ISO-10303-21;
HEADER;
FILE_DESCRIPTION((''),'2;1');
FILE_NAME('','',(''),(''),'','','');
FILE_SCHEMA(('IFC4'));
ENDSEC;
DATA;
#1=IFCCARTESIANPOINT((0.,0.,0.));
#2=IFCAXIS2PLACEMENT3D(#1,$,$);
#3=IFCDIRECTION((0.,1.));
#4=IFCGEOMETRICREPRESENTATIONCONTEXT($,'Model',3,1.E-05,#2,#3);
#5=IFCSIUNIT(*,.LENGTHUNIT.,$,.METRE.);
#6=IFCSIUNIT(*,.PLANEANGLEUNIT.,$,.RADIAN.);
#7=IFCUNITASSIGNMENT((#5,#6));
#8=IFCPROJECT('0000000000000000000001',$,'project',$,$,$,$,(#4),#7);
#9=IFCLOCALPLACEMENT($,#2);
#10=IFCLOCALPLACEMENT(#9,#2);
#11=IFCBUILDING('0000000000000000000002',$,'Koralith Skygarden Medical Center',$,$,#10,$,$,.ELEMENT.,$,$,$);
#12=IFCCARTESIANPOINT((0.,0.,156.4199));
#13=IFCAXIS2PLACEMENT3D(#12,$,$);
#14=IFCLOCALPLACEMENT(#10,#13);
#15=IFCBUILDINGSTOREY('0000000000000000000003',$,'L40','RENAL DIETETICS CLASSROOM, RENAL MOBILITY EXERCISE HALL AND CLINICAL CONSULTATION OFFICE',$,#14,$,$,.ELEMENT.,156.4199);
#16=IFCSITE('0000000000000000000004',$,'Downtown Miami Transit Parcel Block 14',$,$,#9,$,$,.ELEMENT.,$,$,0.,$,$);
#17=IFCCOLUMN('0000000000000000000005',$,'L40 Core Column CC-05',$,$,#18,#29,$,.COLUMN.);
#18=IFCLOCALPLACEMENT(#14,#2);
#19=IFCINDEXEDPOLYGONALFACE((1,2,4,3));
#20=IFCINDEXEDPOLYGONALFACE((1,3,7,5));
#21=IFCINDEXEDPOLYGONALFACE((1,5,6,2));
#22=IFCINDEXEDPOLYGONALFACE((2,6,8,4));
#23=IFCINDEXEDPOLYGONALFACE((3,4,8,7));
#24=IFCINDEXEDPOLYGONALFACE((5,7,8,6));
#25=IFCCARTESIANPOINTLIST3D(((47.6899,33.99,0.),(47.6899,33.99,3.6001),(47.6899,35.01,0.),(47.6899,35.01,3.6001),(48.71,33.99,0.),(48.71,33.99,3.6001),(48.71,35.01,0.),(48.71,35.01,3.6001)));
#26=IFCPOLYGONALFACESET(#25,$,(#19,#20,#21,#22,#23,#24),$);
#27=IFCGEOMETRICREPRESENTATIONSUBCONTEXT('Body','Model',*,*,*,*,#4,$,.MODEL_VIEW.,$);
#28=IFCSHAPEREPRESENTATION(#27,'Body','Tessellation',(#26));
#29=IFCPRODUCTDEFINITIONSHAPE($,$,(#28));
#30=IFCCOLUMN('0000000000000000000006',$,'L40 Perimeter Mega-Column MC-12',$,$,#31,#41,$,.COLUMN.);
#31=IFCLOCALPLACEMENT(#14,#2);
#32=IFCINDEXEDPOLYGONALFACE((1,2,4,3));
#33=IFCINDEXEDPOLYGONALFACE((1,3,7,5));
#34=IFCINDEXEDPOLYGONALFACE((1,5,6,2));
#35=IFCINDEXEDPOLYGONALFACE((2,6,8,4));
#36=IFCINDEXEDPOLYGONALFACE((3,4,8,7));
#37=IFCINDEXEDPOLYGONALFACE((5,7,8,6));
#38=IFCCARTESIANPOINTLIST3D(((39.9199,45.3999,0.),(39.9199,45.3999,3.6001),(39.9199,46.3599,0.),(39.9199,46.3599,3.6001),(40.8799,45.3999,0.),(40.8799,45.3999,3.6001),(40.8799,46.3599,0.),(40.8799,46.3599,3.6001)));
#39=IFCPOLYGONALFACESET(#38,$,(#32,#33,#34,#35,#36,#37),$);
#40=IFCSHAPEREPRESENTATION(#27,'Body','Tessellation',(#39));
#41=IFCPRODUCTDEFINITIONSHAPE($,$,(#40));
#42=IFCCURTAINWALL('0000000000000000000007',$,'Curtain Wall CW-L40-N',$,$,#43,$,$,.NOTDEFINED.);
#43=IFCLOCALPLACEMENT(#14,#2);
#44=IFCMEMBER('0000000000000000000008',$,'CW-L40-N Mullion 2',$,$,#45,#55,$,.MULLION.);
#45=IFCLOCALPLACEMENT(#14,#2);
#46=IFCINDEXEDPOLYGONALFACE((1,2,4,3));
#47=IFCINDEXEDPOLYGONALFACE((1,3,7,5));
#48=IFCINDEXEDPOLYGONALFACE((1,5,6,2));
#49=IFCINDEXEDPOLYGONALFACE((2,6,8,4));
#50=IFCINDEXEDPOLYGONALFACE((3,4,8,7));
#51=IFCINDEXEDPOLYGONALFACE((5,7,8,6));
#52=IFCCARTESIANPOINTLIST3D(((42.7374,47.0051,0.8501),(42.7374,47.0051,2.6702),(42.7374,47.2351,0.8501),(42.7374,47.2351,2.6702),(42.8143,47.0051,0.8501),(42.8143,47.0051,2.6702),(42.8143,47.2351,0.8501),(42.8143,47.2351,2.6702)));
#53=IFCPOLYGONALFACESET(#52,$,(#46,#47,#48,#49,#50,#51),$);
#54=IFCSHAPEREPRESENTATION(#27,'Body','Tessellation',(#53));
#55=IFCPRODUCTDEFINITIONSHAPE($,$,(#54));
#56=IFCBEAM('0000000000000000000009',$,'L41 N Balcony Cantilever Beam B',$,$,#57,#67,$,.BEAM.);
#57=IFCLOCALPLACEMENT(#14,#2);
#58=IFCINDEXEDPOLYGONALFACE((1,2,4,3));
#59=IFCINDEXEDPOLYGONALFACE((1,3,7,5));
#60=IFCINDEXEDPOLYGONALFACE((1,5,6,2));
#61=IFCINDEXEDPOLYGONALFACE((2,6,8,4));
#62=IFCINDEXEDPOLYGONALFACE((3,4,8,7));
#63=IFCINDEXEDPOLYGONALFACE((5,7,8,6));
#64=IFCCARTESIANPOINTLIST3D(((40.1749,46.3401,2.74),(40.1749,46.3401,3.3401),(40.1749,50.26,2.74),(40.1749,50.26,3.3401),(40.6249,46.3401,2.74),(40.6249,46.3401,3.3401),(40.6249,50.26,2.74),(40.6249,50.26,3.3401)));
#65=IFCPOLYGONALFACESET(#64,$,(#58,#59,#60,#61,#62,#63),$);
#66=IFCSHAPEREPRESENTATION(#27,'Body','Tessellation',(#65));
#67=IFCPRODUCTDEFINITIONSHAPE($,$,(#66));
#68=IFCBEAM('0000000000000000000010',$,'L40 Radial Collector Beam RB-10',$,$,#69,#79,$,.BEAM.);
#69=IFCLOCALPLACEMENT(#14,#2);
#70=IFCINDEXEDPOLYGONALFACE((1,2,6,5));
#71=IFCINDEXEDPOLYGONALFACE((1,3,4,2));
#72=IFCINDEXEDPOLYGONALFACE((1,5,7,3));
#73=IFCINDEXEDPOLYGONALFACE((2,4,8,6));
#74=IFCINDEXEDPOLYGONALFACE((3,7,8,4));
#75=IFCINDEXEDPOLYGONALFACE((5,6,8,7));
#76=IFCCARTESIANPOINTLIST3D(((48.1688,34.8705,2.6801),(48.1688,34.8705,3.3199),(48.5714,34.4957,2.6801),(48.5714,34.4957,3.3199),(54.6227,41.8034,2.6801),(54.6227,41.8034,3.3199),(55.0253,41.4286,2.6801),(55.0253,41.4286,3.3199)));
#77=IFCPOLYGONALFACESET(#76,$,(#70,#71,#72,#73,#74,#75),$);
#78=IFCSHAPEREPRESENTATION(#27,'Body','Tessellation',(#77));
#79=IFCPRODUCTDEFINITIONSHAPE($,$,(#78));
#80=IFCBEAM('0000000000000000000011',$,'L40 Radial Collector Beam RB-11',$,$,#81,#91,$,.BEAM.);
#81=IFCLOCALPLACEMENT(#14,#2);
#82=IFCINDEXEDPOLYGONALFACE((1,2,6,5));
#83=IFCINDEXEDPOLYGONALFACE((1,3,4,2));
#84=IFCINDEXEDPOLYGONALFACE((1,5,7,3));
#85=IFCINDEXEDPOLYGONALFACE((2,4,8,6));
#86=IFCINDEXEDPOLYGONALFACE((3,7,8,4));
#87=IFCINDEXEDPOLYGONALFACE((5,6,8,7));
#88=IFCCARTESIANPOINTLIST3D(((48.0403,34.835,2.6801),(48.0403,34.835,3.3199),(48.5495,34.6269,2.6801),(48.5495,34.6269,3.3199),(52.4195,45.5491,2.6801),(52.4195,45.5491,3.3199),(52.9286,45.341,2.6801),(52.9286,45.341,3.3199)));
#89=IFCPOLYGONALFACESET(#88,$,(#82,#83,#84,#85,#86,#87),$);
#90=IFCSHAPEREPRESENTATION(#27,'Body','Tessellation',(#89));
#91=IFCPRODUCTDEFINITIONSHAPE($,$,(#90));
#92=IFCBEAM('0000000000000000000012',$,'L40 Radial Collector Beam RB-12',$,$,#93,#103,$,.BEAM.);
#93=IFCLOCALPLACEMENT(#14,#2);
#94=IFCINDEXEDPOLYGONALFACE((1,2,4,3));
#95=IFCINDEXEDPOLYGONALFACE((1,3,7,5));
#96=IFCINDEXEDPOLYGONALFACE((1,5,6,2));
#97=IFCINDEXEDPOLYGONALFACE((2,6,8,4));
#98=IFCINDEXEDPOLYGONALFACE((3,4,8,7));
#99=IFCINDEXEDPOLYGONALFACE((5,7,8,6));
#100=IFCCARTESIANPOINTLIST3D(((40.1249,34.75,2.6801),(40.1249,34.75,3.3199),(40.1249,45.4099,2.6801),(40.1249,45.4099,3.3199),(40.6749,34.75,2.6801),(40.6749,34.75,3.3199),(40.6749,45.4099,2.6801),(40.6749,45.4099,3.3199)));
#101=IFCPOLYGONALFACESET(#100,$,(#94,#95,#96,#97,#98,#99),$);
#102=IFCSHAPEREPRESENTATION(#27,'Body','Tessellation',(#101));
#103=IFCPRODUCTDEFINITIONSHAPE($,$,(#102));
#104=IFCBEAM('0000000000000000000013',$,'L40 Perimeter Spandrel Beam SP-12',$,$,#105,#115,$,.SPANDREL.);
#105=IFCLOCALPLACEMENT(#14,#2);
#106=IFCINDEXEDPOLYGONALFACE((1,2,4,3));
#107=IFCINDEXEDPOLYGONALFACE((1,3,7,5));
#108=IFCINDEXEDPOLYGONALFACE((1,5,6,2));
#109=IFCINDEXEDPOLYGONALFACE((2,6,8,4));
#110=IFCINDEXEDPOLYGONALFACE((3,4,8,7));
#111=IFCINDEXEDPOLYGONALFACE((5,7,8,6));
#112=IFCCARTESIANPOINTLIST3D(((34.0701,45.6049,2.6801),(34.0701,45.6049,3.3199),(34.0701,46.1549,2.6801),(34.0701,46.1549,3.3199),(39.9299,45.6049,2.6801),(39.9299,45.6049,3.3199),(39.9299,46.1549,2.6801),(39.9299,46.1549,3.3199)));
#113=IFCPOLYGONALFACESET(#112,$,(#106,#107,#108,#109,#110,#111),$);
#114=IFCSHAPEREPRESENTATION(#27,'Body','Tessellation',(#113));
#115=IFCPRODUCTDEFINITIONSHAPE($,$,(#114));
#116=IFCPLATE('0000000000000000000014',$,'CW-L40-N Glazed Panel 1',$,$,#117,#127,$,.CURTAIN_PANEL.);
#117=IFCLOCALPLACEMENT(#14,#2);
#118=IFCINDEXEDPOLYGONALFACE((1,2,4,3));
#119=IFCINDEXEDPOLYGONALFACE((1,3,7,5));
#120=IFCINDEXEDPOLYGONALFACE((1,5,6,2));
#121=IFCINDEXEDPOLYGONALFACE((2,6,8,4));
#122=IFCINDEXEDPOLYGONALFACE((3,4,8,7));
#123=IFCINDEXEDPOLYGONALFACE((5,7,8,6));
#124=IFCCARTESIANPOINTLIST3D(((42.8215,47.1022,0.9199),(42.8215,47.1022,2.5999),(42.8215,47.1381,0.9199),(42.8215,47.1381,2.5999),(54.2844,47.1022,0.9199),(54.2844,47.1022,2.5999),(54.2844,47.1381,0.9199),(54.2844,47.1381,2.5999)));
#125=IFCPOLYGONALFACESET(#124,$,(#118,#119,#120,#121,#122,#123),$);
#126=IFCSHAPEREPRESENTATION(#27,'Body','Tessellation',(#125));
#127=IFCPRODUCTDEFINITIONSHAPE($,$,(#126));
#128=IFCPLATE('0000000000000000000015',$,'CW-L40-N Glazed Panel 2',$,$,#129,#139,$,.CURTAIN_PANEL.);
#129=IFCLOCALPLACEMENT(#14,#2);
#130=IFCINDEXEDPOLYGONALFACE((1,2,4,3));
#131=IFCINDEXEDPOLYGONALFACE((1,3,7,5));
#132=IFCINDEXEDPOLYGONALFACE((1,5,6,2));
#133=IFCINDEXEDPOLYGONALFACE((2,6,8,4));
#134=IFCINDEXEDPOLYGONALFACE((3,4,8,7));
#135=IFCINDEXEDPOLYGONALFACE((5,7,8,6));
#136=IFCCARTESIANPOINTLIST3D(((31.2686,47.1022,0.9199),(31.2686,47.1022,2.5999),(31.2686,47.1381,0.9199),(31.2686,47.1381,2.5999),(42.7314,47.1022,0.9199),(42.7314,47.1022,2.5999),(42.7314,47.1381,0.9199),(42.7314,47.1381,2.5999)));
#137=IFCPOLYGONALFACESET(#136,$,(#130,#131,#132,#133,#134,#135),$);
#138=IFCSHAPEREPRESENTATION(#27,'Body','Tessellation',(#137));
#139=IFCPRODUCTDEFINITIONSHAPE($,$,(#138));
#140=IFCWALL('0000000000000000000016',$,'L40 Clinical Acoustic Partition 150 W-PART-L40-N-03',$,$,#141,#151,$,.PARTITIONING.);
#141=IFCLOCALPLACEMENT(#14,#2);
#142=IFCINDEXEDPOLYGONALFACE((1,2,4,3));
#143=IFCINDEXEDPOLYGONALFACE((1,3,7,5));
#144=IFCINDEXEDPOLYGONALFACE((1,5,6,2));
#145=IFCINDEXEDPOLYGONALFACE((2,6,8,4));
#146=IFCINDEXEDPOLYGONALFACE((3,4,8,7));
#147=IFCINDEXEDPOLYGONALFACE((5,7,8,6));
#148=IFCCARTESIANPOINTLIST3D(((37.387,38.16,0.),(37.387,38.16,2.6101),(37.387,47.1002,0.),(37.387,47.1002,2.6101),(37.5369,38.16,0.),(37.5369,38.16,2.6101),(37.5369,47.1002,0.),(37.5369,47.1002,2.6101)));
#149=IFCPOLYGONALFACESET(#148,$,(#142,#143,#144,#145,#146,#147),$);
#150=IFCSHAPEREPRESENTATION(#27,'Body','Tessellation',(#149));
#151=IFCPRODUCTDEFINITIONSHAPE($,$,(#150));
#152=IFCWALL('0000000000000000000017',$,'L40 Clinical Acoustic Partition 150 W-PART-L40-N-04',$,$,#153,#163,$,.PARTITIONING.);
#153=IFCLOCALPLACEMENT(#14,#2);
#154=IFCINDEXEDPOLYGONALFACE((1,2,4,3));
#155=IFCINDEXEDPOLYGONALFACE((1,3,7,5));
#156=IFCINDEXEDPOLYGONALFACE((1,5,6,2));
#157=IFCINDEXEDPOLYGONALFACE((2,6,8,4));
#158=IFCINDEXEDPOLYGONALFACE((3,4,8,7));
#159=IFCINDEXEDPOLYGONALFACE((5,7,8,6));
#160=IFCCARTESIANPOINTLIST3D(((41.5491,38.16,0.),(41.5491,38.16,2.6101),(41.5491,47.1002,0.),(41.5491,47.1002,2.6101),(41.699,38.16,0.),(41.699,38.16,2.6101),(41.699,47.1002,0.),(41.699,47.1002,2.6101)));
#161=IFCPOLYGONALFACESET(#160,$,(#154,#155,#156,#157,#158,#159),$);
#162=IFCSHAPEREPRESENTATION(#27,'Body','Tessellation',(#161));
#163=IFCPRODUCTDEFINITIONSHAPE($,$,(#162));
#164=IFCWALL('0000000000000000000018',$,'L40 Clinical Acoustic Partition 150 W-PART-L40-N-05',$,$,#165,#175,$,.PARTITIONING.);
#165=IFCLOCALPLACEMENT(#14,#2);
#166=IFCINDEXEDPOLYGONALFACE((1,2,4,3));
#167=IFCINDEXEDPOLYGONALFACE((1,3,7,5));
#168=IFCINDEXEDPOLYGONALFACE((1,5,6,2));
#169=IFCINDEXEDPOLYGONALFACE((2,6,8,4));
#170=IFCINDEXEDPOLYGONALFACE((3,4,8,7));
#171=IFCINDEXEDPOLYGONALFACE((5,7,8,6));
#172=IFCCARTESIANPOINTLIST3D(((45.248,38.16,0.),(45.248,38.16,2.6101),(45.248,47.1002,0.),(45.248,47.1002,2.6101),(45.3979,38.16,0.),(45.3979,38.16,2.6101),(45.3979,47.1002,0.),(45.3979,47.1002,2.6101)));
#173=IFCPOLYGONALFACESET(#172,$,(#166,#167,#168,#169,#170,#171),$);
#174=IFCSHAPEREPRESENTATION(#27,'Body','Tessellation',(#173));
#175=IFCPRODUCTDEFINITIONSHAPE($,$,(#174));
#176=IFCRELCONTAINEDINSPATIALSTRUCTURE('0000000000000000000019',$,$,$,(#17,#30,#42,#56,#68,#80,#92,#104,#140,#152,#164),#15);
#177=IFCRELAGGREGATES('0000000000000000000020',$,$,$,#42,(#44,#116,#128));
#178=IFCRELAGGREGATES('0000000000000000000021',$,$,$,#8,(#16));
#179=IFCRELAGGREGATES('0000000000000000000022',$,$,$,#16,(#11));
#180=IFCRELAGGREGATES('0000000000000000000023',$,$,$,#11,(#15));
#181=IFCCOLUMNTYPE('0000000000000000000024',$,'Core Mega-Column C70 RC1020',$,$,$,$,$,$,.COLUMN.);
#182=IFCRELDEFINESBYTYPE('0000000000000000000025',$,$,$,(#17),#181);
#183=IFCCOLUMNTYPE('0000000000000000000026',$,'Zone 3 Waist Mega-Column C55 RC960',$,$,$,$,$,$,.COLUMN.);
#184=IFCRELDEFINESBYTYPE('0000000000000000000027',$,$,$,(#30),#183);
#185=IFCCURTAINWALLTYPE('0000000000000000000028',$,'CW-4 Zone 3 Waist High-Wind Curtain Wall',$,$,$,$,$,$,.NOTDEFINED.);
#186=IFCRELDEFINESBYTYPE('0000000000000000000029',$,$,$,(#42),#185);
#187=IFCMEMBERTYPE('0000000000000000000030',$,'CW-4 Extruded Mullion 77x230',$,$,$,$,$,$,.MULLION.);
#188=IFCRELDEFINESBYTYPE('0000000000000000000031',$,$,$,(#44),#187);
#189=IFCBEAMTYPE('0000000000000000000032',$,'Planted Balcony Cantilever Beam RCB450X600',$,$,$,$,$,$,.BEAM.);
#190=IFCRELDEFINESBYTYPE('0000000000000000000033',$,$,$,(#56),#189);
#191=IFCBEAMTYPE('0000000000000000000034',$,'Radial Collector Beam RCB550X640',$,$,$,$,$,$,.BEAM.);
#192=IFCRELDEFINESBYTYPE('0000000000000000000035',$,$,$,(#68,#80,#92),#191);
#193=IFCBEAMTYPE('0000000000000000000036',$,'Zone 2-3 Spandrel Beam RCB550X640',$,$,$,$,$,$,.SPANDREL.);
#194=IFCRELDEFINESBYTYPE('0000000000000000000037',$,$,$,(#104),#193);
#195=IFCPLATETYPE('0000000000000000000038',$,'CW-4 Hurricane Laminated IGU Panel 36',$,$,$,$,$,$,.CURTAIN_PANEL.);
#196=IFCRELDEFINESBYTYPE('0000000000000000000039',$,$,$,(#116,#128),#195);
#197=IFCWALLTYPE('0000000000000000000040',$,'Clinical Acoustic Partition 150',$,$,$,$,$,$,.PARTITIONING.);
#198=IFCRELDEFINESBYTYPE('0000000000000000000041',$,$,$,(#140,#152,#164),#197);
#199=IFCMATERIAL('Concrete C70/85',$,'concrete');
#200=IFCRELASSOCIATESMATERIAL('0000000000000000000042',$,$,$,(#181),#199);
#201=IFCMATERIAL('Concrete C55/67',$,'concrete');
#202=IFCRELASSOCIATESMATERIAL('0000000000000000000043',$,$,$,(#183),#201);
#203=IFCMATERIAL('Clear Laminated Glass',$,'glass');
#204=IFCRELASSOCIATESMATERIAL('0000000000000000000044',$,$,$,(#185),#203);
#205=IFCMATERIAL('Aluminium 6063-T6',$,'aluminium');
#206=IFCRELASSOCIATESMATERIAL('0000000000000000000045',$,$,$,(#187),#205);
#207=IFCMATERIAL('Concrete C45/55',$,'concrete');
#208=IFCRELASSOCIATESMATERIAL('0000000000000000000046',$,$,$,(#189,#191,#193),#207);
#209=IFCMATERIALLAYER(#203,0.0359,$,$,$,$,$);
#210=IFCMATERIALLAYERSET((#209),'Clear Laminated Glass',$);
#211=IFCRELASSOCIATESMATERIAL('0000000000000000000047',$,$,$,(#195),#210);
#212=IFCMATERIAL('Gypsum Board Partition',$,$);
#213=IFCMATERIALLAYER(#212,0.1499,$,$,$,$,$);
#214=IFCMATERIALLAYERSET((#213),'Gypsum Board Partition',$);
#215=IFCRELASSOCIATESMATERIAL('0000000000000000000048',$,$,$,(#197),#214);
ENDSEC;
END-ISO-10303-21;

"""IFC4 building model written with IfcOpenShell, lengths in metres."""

from ifc_helpers import new_model, si_unit, direction, frame, frame_2d, origin, origin_2d, place, context, subcontext, project, spatial, rectangle, extrude, material, layer, layer_set, material_profile, profile_set, type_object, element, aggregate, save


model = new_model("IFC4")

# Units and contexts
model_context = context("Model", 3, precision=1e-05, world=origin(), true_north=direction((0.0, 1.0)))
body_context = subcontext(model_context, "Body", "Model", "MODEL_VIEW")
ifc_project = project(units=[si_unit("LENGTHUNIT", "METRE"), si_unit("PLANEANGLEUNIT", "RADIAN")], contexts=[model_context])

# Site, building, storey
site_placement = place(None, origin())
site = spatial("IfcSite", under=ifc_project, at=site_placement, Name="Downtown Miami Transit Parcel Block 14", CompositionType="ELEMENT", RefElevation=0.0)
building_placement = place(site_placement, origin())
building = spatial("IfcBuilding", under=site, at=building_placement, Name="Koralith Skygarden Medical Center", CompositionType="ELEMENT")
storey_placement = place(building_placement, frame((0.0, 0.0, 156.4199)))
storey = spatial("IfcBuildingStorey", under=building, at=storey_placement, Name="L40", Description="RENAL DIETETICS CLASSROOM, RENAL MOBILITY EXERCISE HALL AND CLINICAL CONSULTATION OFFICE", CompositionType="ELEMENT", Elevation=156.4199)

# Columns
ifc_material_1 = material(Name="Concrete C70/85", Category="concrete")
ifc_material_profile_1 = material_profile(ifc_material_1, rectangle(XDim=1.02, YDim=1.02, at=origin_2d()), Name="RC1020X1020")
ifc_profile_set_1 = profile_set([ifc_material_profile_1], Name="Concrete C70/85")
column_type_1 = type_object("IfcColumnType", Name="Core Mega-Column C70 RC1020", PredefinedType="COLUMN", material=ifc_profile_set_1)
column_1_placement = place(storey_placement, frame((48.2, 34.5, 0.0), z_axis=(0.0, 0.0, 1.0), x_axis=(1.0, 0.0, 0.0)))
element("IfcColumn", 1, at=column_1_placement, inside=storey, type_object=column_type_1, Name="L40 Core Column CC-05", PredefinedType="COLUMN", context=body_context, shape_type="SweptSolid", body=[
    extrude(rectangle(XDim=1.02, YDim=1.02, at=origin_2d()), origin(), (0.0, 0.0, 1.0), 3.6001),
])
ifc_material_2 = material(Name="Concrete C55/67", Category="concrete")
ifc_material_profile_2 = material_profile(ifc_material_2, rectangle(XDim=0.96, YDim=0.96, at=origin_2d()), Name="RC960X960")
ifc_profile_set_2 = profile_set([ifc_material_profile_2], Name="Concrete C55/67")
column_type_2 = type_object("IfcColumnType", Name="Zone 3 Waist Mega-Column C55 RC960", PredefinedType="COLUMN", material=ifc_profile_set_2)
column_2_placement = place(storey_placement, frame((40.3999, 45.8799, 0.0), z_axis=(0.0, 0.0, 1.0), x_axis=(1.0, 0.0, 0.0)))
element("IfcColumn", 2, at=column_2_placement, inside=storey, type_object=column_type_2, Name="L40 Perimeter Mega-Column MC-12", PredefinedType="COLUMN", context=body_context, shape_type="SweptSolid", body=[
    extrude(rectangle(XDim=0.96, YDim=0.96, at=origin_2d()), origin(), (0.0, 0.0, 1.0), 3.6001),
])

# Curtain wall, member
ifc_material_3 = material(Name="Clear Laminated Glass", Category="glass")
curtain_wall_type = type_object("IfcCurtainWallType", Name="CW-4 Zone 3 Waist High-Wind Curtain Wall", PredefinedType="NOTDEFINED", material=ifc_material_3)
curtain_wall_placement = place(storey_placement, origin())
curtain_wall = element("IfcCurtainWall", 3, at=curtain_wall_placement, inside=storey, type_object=curtain_wall_type, Name="Curtain Wall CW-L40-N", PredefinedType="NOTDEFINED")
ifc_material_4 = material(Name="Aluminium 6063-T6", Category="aluminium")
ifc_material_profile_3 = material_profile(ifc_material_4, rectangle(XDim=0.0769, YDim=0.23, at=origin_2d()), Name="MUL77X230")
ifc_profile_set_3 = profile_set([ifc_material_profile_3], Name="Aluminium 6063-T6")
member_type = type_object("IfcMemberType", Name="CW-4 Extruded Mullion 77x230", PredefinedType="MULLION", material=ifc_profile_set_3)
member_placement = place(storey_placement, frame((42.7759, 47.1201, 0.8501), z_axis=(0.0, 0.0, 1.0), x_axis=(1.0, 0.0, 0.0)))
member = element("IfcMember", 4, at=member_placement, type_object=member_type, Name="CW-L40-N Mullion 2", PredefinedType="MULLION", context=body_context, shape_type="SweptSolid", body=[
    extrude(rectangle(XDim=0.0769, YDim=0.23, at=origin_2d()), origin(), (0.0, 0.0, 1.0), 1.8201),
])

# Beams
ifc_material_5 = material(Name="Concrete C45/55", Category="concrete")
ifc_material_profile_4 = material_profile(ifc_material_5, rectangle(XDim=0.45, YDim=0.6001, at=origin_2d()), Name="RCB450X600")
ifc_profile_set_4 = profile_set([ifc_material_profile_4], Name="Concrete C45/55")
beam_type_1 = type_object("IfcBeamType", Name="Planted Balcony Cantilever Beam RCB450X600", PredefinedType="BEAM", material=ifc_profile_set_4)
beam_1_placement = place(storey_placement, frame((40.3999, 46.3401, 3.04), z_axis=(0.0, 1.0, 0.0), x_axis=(-1.0, 0.0, 0.0)))
element("IfcBeam", 5, at=beam_1_placement, inside=storey, type_object=beam_type_1, Name="L41 N Balcony Cantilever Beam B", PredefinedType="BEAM", context=body_context, shape_type="SweptSolid", body=[
    extrude(rectangle(XDim=0.45, YDim=0.6001, at=origin_2d()), origin(), (0.0, 0.0, 1.0), 3.9199),
])
ifc_material_profile_5 = material_profile(ifc_material_5, rectangle(XDim=0.55, YDim=0.6399, at=origin_2d()), Name="RCB550X640")
ifc_profile_set_5 = profile_set([ifc_material_profile_5], Name="Concrete C45/55")
beam_type_2 = type_object("IfcBeamType", Name="Radial Collector Beam RCB550X640", PredefinedType="BEAM", material=ifc_profile_set_5)
beam_2_placement = place(storey_placement, frame((48.3701, 34.6831, 3.0), z_axis=(0.681369, 0.73194, 0.0), x_axis=(-0.73194, 0.681369, 0.0)))
element("IfcBeam", 6, at=beam_2_placement, inside=storey, type_object=beam_type_2, Name="L40 Radial Collector Beam RB-10", PredefinedType="BEAM", context=body_context, shape_type="SweptSolid", body=[
    extrude(rectangle(XDim=0.55, YDim=0.6399, at=origin_2d()), origin(), (0.0, 0.0, 1.0), 9.4719),
])
beam_3_placement = place(storey_placement, frame((48.2949, 34.731, 3.0), z_axis=(0.378345, 0.925665, 0.0), x_axis=(-0.925665, 0.378345, 0.0)))
element("IfcBeam", 7, at=beam_3_placement, inside=storey, type_object=beam_type_2, Name="L40 Radial Collector Beam RB-11", PredefinedType="BEAM", context=body_context, shape_type="SweptSolid", body=[
    extrude(rectangle(XDim=0.55, YDim=0.6399, at=origin_2d()), origin(), (0.0, 0.0, 1.0), 11.5745),
])
beam_4_placement = place(storey_placement, frame((40.3999, 34.75, 3.0), z_axis=(0.0, 1.0, 0.0), x_axis=(-1.0, 0.0, 0.0)))
element("IfcBeam", 8, at=beam_4_placement, inside=storey, type_object=beam_type_2, Name="L40 Radial Collector Beam RB-12", PredefinedType="BEAM", context=body_context, shape_type="SweptSolid", body=[
    extrude(rectangle(XDim=0.55, YDim=0.6399, at=origin_2d()), origin(), (0.0, 0.0, 1.0), 10.6599),
])
ifc_material_profile_6 = material_profile(ifc_material_5, rectangle(XDim=0.55, YDim=0.6399, at=origin_2d()), Name="RCB550X640")
ifc_profile_set_6 = profile_set([ifc_material_profile_6], Name="Concrete C45/55")
beam_type_3 = type_object("IfcBeamType", Name="Zone 2-3 Spandrel Beam RCB550X640", PredefinedType="SPANDREL", material=ifc_profile_set_6)
beam_5_placement = place(storey_placement, frame((39.9299, 45.8799, 3.0), z_axis=(-1.0, 0.0, 0.0), x_axis=(0.0, -1.0, 0.0)))
element("IfcBeam", 9, at=beam_5_placement, inside=storey, type_object=beam_type_3, Name="L40 Perimeter Spandrel Beam SP-12", PredefinedType="SPANDREL", context=body_context, shape_type="SweptSolid", body=[
    extrude(rectangle(XDim=0.55, YDim=0.6399, at=origin_2d()), origin(), (0.0, 0.0, 1.0), 5.8599),
])

# Plates
ifc_layer_1 = layer(ifc_material_3, 0.0359)
ifc_layer_set_1 = layer_set([ifc_layer_1], Name="Clear Laminated Glass")
plate_type = type_object("IfcPlateType", Name="CW-4 Hurricane Laminated IGU Panel 36", PredefinedType="CURTAIN_PANEL", material=ifc_layer_set_1)
plate_1_placement = place(storey_placement, frame((48.553, 47.1201, 0.9199), z_axis=(0.0, 0.0, 1.0), x_axis=(-1.0, 0.0, 0.0)))
plate_1 = element("IfcPlate", 10, at=plate_1_placement, type_object=plate_type, Name="CW-L40-N Glazed Panel 1", PredefinedType="CURTAIN_PANEL", context=body_context, shape_type="SweptSolid", body=[
    extrude(rectangle(XDim=11.4629, YDim=0.0359, at=origin_2d()), origin(), (0.0, 0.0, 1.0), 1.6799),
])
plate_2_placement = place(storey_placement, frame((37.0, 47.1201, 0.9199), z_axis=(0.0, 0.0, 1.0), x_axis=(-1.0, 0.0, 0.0)))
plate_2 = element("IfcPlate", 11, at=plate_2_placement, type_object=plate_type, Name="CW-L40-N Glazed Panel 2", PredefinedType="CURTAIN_PANEL", context=body_context, shape_type="SweptSolid", body=[
    extrude(rectangle(XDim=11.4629, YDim=0.0359, at=origin_2d()), origin(), (0.0, 0.0, 1.0), 1.6799),
])
aggregate(curtain_wall, [member, plate_1, plate_2])

# Walls
ifc_material_6 = material(Name="Gypsum Board Partition")
ifc_layer_2 = layer(ifc_material_6, 0.1499)
ifc_layer_set_2 = layer_set([ifc_layer_2], Name="Gypsum Board Partition")
wall_type_1 = type_object("IfcWallType", Name="Clinical Acoustic Partition 150", PredefinedType="PARTITIONING", material=ifc_layer_set_2)
for number, where, z_axis, x_axis, name in (
    (12, (37.4619, 38.1599, 0.0), (0.0, 0.0, 1.0), (0.0, 1.0, 0.0), "L40 Clinical Acoustic Partition 150 W-PART-L40-N-03"),
    (13, (41.624, 38.1599, 0.0), (0.0, 0.0, 1.0), (0.0, 1.0, 0.0), "L40 Clinical Acoustic Partition 150 W-PART-L40-N-04"),
    (14, (45.323, 38.1599, 0.0), (0.0, 0.0, 1.0), (0.0, 1.0, 0.0), "L40 Clinical Acoustic Partition 150 W-PART-L40-N-05"),
):
    element("IfcWall", number, at=place(storey_placement, frame(where, z_axis=z_axis, x_axis=x_axis)), inside=storey, type_object=wall_type_1, Name=name, PredefinedType="PARTITIONING", context=body_context, shape_type="SweptSolid", body=[
        extrude(rectangle(XDim=8.9402, YDim=0.1499, at=frame_2d((4.4702, 0.0))), origin(), (0.0, 0.0, 1.0), 2.6101),
    ])

save(model, "model.ifc")
